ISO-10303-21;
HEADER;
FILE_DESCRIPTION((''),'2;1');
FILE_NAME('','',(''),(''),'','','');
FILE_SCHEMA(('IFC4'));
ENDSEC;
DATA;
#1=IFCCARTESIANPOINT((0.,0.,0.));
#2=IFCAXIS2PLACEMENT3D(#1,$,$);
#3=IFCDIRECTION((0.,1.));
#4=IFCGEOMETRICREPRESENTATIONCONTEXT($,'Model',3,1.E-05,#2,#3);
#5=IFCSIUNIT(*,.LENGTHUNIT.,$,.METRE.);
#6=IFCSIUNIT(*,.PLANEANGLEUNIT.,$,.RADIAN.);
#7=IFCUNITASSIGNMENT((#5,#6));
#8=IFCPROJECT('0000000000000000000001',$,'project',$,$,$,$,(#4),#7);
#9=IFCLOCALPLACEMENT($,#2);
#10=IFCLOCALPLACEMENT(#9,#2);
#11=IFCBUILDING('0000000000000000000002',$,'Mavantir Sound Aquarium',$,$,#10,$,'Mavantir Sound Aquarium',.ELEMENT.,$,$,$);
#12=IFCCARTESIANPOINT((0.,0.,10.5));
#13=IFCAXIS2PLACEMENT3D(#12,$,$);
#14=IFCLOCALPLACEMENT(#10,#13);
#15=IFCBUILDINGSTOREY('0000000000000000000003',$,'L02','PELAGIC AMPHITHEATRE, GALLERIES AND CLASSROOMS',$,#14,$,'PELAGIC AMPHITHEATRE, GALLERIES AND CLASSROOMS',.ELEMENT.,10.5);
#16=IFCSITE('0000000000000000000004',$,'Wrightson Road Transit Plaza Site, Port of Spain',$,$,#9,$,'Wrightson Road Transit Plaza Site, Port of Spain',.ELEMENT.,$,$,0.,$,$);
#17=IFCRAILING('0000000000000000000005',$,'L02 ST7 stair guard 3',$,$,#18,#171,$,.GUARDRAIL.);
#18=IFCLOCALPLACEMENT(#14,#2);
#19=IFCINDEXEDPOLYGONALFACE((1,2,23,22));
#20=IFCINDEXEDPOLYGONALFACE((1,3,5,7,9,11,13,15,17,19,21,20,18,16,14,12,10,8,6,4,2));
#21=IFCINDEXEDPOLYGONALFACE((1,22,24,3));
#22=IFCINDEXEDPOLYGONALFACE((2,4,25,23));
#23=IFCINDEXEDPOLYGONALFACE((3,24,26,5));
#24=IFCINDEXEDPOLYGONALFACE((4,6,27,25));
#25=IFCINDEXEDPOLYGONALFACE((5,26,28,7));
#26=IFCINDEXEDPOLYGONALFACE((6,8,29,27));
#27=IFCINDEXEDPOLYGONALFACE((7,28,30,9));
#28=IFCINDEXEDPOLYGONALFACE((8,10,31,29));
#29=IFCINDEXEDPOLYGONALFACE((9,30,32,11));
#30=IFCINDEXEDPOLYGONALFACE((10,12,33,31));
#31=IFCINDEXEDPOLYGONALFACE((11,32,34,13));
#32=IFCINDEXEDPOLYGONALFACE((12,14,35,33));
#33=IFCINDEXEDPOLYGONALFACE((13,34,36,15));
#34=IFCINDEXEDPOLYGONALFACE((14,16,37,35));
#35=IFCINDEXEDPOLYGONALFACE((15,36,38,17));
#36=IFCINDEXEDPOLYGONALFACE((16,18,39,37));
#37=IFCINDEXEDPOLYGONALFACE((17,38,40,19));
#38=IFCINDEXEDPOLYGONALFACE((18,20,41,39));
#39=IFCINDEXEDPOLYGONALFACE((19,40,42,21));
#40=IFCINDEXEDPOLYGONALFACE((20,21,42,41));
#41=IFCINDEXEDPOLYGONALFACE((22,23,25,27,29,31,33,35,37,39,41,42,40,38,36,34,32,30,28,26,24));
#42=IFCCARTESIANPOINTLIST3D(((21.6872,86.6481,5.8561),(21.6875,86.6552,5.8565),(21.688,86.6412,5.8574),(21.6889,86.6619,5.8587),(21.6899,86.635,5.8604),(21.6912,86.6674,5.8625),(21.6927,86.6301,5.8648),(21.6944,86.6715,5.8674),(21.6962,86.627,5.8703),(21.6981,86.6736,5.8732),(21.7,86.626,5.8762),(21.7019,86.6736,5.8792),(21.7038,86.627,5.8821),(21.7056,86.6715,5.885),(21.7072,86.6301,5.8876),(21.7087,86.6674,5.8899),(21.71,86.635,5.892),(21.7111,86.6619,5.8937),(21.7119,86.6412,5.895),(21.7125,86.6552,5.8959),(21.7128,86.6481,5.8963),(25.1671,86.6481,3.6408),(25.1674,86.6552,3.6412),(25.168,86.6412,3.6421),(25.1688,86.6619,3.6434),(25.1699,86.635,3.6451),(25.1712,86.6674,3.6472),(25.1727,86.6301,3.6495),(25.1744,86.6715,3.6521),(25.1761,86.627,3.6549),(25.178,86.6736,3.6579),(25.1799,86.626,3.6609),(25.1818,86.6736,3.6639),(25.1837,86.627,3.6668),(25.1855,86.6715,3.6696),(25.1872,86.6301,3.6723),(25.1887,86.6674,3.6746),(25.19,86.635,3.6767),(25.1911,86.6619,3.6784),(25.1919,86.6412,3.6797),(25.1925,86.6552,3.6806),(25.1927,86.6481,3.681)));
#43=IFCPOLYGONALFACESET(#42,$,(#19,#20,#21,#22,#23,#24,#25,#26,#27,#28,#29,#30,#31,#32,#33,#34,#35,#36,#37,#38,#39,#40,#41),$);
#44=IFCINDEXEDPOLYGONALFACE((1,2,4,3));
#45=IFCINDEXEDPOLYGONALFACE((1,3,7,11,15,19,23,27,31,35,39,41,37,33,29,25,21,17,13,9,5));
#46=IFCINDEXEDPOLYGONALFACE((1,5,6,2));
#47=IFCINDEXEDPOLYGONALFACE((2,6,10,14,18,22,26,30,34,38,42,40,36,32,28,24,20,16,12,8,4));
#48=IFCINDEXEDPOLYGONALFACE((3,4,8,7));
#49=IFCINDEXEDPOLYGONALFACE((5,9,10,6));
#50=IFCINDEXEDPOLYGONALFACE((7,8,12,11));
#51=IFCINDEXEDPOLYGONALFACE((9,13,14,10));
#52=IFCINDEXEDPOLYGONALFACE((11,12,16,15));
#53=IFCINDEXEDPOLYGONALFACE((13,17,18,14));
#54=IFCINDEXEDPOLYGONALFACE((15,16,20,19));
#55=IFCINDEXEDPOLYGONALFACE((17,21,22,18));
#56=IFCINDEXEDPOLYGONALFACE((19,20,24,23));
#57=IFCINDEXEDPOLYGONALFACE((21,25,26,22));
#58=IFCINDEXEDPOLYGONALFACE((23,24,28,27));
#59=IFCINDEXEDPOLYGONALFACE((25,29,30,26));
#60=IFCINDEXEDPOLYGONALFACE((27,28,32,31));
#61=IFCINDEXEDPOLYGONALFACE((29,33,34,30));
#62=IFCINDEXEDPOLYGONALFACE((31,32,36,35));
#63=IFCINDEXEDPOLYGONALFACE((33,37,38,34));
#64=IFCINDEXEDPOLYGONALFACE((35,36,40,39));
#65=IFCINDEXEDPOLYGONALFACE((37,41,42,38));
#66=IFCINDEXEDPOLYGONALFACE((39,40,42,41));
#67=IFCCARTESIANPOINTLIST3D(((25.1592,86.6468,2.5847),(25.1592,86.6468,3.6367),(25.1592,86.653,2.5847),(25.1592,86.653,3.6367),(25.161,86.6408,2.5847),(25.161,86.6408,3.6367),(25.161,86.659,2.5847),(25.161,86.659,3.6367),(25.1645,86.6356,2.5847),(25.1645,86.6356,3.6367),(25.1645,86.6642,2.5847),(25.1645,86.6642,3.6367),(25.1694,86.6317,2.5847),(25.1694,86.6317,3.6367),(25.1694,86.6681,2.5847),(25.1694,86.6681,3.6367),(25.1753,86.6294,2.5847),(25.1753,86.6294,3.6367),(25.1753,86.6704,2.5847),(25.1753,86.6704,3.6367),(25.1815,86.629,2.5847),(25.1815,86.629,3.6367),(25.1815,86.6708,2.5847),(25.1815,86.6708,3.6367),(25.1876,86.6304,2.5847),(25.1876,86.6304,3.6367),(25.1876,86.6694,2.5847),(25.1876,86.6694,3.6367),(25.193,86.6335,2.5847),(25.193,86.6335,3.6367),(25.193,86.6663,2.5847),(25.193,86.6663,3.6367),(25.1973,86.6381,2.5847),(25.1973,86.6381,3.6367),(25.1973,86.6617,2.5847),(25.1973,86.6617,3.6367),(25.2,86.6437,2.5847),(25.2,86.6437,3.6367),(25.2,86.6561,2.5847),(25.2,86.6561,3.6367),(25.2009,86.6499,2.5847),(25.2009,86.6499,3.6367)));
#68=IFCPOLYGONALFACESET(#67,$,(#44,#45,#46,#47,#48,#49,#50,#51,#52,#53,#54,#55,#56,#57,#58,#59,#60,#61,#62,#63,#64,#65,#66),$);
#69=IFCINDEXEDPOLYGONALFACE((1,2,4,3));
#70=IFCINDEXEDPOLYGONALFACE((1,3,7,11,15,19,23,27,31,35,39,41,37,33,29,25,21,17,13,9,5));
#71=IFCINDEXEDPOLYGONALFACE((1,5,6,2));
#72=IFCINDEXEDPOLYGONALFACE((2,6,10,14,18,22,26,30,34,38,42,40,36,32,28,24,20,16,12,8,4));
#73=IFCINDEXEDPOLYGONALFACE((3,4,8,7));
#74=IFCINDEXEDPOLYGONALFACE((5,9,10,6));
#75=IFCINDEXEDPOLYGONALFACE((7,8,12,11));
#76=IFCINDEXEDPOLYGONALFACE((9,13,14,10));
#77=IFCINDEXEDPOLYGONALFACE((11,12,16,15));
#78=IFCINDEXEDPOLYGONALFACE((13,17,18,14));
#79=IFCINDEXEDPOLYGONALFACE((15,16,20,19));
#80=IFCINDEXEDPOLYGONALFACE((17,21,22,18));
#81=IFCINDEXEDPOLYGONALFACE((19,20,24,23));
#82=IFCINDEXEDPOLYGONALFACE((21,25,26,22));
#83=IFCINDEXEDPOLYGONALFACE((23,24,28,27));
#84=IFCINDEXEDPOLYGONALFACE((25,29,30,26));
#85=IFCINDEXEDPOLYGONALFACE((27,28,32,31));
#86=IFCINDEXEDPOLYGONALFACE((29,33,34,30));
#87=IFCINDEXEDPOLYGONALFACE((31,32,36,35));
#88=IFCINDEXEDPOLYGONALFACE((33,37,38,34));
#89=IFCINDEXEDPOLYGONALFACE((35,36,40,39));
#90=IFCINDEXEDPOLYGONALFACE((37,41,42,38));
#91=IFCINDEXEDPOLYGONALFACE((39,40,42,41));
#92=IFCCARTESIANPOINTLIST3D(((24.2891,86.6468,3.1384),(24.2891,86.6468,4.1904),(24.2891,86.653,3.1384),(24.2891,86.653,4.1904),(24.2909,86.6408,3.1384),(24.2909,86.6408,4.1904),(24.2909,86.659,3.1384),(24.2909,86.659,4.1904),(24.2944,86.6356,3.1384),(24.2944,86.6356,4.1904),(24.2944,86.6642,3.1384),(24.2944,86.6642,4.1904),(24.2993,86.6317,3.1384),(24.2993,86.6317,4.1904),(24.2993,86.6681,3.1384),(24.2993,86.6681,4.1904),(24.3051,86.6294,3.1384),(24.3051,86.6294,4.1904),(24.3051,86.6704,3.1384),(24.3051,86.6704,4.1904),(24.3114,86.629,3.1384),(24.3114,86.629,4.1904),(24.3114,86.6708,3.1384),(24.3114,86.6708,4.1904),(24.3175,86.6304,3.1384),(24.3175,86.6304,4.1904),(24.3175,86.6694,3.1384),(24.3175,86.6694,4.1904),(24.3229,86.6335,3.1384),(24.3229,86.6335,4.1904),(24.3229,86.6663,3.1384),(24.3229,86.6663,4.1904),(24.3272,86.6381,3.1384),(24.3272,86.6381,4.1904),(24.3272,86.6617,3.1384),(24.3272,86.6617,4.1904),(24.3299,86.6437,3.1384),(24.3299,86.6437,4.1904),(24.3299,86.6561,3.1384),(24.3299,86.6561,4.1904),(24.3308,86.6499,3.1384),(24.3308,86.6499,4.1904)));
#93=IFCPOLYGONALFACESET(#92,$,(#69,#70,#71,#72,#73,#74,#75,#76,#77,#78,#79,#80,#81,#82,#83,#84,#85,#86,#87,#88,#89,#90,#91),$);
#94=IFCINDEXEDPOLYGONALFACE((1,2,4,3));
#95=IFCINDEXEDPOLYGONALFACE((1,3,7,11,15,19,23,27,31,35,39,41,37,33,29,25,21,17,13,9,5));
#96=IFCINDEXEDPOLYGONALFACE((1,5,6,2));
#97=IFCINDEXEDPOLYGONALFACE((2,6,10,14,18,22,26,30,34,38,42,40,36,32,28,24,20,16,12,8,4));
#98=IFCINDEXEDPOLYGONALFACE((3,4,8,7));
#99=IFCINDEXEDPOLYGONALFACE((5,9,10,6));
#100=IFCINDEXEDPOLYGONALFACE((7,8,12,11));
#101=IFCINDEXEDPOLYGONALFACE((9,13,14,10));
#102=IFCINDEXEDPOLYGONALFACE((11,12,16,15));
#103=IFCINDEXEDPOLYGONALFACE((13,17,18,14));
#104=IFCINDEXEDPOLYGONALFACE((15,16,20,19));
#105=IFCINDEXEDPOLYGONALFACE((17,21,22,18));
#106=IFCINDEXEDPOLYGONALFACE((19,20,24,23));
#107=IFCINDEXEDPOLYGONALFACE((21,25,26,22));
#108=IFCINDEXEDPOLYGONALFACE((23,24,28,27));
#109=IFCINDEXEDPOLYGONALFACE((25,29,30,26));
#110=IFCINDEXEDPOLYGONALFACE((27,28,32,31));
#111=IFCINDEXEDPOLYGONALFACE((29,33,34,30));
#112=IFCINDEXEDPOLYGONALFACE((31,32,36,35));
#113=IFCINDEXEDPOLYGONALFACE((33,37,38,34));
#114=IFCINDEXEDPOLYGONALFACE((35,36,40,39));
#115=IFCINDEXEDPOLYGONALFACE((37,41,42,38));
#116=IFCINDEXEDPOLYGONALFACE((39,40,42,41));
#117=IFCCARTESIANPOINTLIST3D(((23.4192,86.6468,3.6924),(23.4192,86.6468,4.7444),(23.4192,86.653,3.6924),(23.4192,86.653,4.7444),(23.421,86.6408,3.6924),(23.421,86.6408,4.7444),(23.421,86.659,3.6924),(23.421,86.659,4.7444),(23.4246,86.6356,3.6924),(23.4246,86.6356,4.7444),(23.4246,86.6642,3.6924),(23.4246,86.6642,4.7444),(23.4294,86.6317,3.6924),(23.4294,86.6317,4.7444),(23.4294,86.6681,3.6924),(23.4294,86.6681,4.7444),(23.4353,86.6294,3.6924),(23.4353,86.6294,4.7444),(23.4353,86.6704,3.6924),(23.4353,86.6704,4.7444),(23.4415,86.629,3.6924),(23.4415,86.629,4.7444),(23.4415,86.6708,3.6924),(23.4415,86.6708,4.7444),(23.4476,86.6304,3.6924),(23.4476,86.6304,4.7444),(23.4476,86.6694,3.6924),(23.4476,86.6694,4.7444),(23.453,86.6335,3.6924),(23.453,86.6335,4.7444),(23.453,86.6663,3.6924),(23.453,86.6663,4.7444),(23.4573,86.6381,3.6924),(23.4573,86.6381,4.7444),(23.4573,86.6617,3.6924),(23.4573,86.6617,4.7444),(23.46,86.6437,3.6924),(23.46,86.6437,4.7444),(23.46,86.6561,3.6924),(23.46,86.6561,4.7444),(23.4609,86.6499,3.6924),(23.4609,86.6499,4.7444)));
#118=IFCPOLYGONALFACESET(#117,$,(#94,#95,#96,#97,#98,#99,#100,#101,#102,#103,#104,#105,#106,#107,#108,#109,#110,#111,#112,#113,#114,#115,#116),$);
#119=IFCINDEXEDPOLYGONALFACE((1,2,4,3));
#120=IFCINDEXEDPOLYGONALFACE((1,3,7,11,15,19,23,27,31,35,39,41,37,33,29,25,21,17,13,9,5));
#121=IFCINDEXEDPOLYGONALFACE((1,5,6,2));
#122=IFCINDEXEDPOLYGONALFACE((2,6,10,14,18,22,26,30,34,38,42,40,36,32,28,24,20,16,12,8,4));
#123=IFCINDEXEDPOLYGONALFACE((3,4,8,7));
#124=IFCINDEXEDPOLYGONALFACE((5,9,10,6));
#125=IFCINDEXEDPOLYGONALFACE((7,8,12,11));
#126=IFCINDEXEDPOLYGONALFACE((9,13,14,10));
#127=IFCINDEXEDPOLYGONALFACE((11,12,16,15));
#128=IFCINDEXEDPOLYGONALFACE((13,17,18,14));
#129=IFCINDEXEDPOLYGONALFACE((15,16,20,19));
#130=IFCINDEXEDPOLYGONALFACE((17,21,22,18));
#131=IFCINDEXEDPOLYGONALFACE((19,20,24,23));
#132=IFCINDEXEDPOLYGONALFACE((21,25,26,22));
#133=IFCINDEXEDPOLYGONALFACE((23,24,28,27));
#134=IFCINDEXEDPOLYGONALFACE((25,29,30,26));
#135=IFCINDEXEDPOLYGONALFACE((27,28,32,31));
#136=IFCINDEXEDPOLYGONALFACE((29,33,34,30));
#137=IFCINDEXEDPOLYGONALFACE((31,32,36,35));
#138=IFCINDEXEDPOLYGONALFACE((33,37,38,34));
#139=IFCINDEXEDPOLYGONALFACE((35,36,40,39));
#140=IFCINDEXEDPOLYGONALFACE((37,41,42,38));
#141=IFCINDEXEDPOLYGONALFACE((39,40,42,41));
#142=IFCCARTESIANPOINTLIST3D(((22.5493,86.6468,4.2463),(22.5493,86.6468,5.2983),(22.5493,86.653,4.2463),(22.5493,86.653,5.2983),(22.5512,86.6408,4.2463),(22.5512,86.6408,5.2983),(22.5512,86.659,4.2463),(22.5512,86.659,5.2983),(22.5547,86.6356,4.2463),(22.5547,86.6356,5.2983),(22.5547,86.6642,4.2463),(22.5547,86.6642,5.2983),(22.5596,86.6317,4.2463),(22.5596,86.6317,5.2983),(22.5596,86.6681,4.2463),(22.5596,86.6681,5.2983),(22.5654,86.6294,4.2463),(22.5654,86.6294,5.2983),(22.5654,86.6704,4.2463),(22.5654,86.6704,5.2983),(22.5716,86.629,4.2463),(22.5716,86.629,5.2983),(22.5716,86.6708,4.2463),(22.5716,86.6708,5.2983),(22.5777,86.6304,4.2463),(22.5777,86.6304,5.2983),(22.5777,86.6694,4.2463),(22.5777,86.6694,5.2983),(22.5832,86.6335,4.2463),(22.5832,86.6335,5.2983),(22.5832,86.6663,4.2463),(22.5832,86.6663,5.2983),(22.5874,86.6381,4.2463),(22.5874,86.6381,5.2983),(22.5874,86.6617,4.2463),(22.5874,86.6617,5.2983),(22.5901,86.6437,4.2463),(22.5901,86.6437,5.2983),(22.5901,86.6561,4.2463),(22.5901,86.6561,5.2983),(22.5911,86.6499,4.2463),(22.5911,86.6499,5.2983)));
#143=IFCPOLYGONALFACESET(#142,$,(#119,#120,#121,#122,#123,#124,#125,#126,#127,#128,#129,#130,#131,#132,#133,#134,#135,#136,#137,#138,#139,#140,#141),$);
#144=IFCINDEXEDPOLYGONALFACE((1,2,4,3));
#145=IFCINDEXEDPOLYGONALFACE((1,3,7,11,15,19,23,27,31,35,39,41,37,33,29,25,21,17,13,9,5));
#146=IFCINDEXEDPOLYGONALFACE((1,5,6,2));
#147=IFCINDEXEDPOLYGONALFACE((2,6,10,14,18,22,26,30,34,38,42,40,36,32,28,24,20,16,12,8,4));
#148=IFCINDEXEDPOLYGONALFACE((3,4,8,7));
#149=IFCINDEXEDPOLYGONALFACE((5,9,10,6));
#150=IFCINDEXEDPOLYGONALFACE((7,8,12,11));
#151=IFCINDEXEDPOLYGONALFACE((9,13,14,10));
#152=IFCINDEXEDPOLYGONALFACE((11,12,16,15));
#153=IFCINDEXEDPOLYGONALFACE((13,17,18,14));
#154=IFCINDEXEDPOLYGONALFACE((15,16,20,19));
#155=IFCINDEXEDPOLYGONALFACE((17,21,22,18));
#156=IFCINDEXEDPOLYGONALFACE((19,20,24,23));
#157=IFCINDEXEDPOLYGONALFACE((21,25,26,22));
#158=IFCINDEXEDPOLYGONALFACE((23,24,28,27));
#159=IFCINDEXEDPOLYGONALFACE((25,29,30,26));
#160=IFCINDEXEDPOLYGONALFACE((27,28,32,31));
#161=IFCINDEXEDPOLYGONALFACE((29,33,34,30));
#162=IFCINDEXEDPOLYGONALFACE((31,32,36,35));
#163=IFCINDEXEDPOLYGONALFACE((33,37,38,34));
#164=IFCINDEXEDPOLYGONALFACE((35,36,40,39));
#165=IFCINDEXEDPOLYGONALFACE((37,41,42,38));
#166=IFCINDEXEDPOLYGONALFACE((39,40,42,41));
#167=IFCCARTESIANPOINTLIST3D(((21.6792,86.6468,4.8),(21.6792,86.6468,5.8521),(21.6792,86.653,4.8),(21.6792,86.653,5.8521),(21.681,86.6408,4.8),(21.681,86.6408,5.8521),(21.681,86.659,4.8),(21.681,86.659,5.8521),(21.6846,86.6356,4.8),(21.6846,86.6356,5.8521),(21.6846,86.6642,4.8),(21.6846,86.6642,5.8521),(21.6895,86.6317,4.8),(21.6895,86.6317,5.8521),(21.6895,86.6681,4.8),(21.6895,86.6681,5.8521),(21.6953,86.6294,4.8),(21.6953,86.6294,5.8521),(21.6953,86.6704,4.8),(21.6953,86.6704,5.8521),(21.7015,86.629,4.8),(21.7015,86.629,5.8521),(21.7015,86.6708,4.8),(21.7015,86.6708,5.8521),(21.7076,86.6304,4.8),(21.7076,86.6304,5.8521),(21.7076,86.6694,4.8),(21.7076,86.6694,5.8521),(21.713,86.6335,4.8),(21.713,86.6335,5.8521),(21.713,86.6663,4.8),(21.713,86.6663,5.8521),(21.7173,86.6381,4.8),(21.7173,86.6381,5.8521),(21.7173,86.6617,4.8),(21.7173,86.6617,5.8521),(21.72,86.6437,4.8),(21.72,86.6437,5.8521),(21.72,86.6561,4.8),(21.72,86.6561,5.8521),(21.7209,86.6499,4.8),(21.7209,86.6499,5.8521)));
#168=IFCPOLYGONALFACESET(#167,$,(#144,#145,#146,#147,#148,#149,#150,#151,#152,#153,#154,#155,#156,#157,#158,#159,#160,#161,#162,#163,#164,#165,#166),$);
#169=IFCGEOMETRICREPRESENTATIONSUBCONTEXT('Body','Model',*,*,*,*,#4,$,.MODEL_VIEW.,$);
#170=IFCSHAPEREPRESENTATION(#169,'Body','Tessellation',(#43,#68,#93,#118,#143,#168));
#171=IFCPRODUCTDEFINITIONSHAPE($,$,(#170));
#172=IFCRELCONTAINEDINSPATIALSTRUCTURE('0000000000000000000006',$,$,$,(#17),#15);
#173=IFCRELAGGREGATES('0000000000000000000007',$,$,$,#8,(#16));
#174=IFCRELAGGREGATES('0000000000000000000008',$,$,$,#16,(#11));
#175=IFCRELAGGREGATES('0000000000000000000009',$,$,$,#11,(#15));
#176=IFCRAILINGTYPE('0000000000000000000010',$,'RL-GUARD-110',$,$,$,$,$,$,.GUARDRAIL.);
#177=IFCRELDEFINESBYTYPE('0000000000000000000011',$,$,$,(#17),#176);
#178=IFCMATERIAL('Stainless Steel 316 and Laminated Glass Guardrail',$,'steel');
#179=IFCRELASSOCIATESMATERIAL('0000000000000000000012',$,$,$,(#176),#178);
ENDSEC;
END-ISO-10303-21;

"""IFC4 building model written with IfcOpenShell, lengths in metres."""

from ifc_helpers import new_model, si_unit, direction, frame, origin, origin_2d, place, context, subcontext, project, spatial, circle, extrude, material, type_object, element, save


model = new_model("IFC4")

# Units and contexts
model_context = context("Model", 3, precision=1e-05, world=origin(), true_north=direction((0.0, 1.0)))
body_context = subcontext(model_context, "Body", "Model", "MODEL_VIEW")
ifc_project = project(units=[si_unit("LENGTHUNIT", "METRE"), si_unit("PLANEANGLEUNIT", "RADIAN")], contexts=[model_context])

# Site, building, storey
site_placement = place(None, origin())
site = spatial("IfcSite", under=ifc_project, at=site_placement, Name="Wrightson Road Transit Plaza Site, Port of Spain", LongName="Wrightson Road Transit Plaza Site, Port of Spain", CompositionType="ELEMENT", RefElevation=0.0)
building_placement = place(site_placement, origin())
building = spatial("IfcBuilding", under=site, at=building_placement, Name="Mavantir Sound Aquarium", LongName="Mavantir Sound Aquarium", CompositionType="ELEMENT")
storey_placement = place(building_placement, frame((0.0, 0.0, 10.5)))
storey = spatial("IfcBuildingStorey", under=building, at=storey_placement, Name="L02", Description="PELAGIC AMPHITHEATRE, GALLERIES AND CLASSROOMS", LongName="PELAGIC AMPHITHEATRE, GALLERIES AND CLASSROOMS", CompositionType="ELEMENT", Elevation=10.5)

# Railing
ifc_material_1 = material(Name="Stainless Steel 316 and Laminated Glass Guardrail", Category="steel")
railing_type_1 = type_object("IfcRailingType", Name="RL-GUARD-110", PredefinedType="GUARDRAIL", material=ifc_material_1)
railing_1_placement = place(storey_placement, frame((25.1799, 86.6499, 2.5847)))
element("IfcRailing", 1, at=railing_1_placement, inside=storey, type_object=railing_type_1, Name="L02 ST7 stair guard 3", PredefinedType="GUARDRAIL", context=body_context, shape_type="SweptSolid", body=[
    extrude(circle(Radius=0.0239, at=origin_2d()), frame((0.0, 0.0, 1.0762), z_axis=(-0.843574, 0.0, 0.537013), x_axis=(0.0, -1.0, 0.0)), (0.0, 0.0, 1.0), 4.1252),
    extrude(circle(Radius=0.021, at=origin_2d()), origin(), (0.0, 0.0, 1.0), 1.052),
    extrude(circle(Radius=0.021, at=origin_2d()), frame((-0.8701, 0.0, 0.5537)), (0.0, 0.0, 1.0), 1.052),
    extrude(circle(Radius=0.021, at=origin_2d()), frame((-1.74, 0.0, 1.1077)), (0.0, 0.0, 1.0), 1.052),
    extrude(circle(Radius=0.021, at=origin_2d()), frame((-2.6099, 0.0, 1.6616)), (0.0, 0.0, 1.0), 1.052),
    extrude(circle(Radius=0.021, at=origin_2d()), frame((-3.48, 0.0, 2.2153)), (0.0, 0.0, 1.0), 1.052),
])

save(model, "model.ifc")
